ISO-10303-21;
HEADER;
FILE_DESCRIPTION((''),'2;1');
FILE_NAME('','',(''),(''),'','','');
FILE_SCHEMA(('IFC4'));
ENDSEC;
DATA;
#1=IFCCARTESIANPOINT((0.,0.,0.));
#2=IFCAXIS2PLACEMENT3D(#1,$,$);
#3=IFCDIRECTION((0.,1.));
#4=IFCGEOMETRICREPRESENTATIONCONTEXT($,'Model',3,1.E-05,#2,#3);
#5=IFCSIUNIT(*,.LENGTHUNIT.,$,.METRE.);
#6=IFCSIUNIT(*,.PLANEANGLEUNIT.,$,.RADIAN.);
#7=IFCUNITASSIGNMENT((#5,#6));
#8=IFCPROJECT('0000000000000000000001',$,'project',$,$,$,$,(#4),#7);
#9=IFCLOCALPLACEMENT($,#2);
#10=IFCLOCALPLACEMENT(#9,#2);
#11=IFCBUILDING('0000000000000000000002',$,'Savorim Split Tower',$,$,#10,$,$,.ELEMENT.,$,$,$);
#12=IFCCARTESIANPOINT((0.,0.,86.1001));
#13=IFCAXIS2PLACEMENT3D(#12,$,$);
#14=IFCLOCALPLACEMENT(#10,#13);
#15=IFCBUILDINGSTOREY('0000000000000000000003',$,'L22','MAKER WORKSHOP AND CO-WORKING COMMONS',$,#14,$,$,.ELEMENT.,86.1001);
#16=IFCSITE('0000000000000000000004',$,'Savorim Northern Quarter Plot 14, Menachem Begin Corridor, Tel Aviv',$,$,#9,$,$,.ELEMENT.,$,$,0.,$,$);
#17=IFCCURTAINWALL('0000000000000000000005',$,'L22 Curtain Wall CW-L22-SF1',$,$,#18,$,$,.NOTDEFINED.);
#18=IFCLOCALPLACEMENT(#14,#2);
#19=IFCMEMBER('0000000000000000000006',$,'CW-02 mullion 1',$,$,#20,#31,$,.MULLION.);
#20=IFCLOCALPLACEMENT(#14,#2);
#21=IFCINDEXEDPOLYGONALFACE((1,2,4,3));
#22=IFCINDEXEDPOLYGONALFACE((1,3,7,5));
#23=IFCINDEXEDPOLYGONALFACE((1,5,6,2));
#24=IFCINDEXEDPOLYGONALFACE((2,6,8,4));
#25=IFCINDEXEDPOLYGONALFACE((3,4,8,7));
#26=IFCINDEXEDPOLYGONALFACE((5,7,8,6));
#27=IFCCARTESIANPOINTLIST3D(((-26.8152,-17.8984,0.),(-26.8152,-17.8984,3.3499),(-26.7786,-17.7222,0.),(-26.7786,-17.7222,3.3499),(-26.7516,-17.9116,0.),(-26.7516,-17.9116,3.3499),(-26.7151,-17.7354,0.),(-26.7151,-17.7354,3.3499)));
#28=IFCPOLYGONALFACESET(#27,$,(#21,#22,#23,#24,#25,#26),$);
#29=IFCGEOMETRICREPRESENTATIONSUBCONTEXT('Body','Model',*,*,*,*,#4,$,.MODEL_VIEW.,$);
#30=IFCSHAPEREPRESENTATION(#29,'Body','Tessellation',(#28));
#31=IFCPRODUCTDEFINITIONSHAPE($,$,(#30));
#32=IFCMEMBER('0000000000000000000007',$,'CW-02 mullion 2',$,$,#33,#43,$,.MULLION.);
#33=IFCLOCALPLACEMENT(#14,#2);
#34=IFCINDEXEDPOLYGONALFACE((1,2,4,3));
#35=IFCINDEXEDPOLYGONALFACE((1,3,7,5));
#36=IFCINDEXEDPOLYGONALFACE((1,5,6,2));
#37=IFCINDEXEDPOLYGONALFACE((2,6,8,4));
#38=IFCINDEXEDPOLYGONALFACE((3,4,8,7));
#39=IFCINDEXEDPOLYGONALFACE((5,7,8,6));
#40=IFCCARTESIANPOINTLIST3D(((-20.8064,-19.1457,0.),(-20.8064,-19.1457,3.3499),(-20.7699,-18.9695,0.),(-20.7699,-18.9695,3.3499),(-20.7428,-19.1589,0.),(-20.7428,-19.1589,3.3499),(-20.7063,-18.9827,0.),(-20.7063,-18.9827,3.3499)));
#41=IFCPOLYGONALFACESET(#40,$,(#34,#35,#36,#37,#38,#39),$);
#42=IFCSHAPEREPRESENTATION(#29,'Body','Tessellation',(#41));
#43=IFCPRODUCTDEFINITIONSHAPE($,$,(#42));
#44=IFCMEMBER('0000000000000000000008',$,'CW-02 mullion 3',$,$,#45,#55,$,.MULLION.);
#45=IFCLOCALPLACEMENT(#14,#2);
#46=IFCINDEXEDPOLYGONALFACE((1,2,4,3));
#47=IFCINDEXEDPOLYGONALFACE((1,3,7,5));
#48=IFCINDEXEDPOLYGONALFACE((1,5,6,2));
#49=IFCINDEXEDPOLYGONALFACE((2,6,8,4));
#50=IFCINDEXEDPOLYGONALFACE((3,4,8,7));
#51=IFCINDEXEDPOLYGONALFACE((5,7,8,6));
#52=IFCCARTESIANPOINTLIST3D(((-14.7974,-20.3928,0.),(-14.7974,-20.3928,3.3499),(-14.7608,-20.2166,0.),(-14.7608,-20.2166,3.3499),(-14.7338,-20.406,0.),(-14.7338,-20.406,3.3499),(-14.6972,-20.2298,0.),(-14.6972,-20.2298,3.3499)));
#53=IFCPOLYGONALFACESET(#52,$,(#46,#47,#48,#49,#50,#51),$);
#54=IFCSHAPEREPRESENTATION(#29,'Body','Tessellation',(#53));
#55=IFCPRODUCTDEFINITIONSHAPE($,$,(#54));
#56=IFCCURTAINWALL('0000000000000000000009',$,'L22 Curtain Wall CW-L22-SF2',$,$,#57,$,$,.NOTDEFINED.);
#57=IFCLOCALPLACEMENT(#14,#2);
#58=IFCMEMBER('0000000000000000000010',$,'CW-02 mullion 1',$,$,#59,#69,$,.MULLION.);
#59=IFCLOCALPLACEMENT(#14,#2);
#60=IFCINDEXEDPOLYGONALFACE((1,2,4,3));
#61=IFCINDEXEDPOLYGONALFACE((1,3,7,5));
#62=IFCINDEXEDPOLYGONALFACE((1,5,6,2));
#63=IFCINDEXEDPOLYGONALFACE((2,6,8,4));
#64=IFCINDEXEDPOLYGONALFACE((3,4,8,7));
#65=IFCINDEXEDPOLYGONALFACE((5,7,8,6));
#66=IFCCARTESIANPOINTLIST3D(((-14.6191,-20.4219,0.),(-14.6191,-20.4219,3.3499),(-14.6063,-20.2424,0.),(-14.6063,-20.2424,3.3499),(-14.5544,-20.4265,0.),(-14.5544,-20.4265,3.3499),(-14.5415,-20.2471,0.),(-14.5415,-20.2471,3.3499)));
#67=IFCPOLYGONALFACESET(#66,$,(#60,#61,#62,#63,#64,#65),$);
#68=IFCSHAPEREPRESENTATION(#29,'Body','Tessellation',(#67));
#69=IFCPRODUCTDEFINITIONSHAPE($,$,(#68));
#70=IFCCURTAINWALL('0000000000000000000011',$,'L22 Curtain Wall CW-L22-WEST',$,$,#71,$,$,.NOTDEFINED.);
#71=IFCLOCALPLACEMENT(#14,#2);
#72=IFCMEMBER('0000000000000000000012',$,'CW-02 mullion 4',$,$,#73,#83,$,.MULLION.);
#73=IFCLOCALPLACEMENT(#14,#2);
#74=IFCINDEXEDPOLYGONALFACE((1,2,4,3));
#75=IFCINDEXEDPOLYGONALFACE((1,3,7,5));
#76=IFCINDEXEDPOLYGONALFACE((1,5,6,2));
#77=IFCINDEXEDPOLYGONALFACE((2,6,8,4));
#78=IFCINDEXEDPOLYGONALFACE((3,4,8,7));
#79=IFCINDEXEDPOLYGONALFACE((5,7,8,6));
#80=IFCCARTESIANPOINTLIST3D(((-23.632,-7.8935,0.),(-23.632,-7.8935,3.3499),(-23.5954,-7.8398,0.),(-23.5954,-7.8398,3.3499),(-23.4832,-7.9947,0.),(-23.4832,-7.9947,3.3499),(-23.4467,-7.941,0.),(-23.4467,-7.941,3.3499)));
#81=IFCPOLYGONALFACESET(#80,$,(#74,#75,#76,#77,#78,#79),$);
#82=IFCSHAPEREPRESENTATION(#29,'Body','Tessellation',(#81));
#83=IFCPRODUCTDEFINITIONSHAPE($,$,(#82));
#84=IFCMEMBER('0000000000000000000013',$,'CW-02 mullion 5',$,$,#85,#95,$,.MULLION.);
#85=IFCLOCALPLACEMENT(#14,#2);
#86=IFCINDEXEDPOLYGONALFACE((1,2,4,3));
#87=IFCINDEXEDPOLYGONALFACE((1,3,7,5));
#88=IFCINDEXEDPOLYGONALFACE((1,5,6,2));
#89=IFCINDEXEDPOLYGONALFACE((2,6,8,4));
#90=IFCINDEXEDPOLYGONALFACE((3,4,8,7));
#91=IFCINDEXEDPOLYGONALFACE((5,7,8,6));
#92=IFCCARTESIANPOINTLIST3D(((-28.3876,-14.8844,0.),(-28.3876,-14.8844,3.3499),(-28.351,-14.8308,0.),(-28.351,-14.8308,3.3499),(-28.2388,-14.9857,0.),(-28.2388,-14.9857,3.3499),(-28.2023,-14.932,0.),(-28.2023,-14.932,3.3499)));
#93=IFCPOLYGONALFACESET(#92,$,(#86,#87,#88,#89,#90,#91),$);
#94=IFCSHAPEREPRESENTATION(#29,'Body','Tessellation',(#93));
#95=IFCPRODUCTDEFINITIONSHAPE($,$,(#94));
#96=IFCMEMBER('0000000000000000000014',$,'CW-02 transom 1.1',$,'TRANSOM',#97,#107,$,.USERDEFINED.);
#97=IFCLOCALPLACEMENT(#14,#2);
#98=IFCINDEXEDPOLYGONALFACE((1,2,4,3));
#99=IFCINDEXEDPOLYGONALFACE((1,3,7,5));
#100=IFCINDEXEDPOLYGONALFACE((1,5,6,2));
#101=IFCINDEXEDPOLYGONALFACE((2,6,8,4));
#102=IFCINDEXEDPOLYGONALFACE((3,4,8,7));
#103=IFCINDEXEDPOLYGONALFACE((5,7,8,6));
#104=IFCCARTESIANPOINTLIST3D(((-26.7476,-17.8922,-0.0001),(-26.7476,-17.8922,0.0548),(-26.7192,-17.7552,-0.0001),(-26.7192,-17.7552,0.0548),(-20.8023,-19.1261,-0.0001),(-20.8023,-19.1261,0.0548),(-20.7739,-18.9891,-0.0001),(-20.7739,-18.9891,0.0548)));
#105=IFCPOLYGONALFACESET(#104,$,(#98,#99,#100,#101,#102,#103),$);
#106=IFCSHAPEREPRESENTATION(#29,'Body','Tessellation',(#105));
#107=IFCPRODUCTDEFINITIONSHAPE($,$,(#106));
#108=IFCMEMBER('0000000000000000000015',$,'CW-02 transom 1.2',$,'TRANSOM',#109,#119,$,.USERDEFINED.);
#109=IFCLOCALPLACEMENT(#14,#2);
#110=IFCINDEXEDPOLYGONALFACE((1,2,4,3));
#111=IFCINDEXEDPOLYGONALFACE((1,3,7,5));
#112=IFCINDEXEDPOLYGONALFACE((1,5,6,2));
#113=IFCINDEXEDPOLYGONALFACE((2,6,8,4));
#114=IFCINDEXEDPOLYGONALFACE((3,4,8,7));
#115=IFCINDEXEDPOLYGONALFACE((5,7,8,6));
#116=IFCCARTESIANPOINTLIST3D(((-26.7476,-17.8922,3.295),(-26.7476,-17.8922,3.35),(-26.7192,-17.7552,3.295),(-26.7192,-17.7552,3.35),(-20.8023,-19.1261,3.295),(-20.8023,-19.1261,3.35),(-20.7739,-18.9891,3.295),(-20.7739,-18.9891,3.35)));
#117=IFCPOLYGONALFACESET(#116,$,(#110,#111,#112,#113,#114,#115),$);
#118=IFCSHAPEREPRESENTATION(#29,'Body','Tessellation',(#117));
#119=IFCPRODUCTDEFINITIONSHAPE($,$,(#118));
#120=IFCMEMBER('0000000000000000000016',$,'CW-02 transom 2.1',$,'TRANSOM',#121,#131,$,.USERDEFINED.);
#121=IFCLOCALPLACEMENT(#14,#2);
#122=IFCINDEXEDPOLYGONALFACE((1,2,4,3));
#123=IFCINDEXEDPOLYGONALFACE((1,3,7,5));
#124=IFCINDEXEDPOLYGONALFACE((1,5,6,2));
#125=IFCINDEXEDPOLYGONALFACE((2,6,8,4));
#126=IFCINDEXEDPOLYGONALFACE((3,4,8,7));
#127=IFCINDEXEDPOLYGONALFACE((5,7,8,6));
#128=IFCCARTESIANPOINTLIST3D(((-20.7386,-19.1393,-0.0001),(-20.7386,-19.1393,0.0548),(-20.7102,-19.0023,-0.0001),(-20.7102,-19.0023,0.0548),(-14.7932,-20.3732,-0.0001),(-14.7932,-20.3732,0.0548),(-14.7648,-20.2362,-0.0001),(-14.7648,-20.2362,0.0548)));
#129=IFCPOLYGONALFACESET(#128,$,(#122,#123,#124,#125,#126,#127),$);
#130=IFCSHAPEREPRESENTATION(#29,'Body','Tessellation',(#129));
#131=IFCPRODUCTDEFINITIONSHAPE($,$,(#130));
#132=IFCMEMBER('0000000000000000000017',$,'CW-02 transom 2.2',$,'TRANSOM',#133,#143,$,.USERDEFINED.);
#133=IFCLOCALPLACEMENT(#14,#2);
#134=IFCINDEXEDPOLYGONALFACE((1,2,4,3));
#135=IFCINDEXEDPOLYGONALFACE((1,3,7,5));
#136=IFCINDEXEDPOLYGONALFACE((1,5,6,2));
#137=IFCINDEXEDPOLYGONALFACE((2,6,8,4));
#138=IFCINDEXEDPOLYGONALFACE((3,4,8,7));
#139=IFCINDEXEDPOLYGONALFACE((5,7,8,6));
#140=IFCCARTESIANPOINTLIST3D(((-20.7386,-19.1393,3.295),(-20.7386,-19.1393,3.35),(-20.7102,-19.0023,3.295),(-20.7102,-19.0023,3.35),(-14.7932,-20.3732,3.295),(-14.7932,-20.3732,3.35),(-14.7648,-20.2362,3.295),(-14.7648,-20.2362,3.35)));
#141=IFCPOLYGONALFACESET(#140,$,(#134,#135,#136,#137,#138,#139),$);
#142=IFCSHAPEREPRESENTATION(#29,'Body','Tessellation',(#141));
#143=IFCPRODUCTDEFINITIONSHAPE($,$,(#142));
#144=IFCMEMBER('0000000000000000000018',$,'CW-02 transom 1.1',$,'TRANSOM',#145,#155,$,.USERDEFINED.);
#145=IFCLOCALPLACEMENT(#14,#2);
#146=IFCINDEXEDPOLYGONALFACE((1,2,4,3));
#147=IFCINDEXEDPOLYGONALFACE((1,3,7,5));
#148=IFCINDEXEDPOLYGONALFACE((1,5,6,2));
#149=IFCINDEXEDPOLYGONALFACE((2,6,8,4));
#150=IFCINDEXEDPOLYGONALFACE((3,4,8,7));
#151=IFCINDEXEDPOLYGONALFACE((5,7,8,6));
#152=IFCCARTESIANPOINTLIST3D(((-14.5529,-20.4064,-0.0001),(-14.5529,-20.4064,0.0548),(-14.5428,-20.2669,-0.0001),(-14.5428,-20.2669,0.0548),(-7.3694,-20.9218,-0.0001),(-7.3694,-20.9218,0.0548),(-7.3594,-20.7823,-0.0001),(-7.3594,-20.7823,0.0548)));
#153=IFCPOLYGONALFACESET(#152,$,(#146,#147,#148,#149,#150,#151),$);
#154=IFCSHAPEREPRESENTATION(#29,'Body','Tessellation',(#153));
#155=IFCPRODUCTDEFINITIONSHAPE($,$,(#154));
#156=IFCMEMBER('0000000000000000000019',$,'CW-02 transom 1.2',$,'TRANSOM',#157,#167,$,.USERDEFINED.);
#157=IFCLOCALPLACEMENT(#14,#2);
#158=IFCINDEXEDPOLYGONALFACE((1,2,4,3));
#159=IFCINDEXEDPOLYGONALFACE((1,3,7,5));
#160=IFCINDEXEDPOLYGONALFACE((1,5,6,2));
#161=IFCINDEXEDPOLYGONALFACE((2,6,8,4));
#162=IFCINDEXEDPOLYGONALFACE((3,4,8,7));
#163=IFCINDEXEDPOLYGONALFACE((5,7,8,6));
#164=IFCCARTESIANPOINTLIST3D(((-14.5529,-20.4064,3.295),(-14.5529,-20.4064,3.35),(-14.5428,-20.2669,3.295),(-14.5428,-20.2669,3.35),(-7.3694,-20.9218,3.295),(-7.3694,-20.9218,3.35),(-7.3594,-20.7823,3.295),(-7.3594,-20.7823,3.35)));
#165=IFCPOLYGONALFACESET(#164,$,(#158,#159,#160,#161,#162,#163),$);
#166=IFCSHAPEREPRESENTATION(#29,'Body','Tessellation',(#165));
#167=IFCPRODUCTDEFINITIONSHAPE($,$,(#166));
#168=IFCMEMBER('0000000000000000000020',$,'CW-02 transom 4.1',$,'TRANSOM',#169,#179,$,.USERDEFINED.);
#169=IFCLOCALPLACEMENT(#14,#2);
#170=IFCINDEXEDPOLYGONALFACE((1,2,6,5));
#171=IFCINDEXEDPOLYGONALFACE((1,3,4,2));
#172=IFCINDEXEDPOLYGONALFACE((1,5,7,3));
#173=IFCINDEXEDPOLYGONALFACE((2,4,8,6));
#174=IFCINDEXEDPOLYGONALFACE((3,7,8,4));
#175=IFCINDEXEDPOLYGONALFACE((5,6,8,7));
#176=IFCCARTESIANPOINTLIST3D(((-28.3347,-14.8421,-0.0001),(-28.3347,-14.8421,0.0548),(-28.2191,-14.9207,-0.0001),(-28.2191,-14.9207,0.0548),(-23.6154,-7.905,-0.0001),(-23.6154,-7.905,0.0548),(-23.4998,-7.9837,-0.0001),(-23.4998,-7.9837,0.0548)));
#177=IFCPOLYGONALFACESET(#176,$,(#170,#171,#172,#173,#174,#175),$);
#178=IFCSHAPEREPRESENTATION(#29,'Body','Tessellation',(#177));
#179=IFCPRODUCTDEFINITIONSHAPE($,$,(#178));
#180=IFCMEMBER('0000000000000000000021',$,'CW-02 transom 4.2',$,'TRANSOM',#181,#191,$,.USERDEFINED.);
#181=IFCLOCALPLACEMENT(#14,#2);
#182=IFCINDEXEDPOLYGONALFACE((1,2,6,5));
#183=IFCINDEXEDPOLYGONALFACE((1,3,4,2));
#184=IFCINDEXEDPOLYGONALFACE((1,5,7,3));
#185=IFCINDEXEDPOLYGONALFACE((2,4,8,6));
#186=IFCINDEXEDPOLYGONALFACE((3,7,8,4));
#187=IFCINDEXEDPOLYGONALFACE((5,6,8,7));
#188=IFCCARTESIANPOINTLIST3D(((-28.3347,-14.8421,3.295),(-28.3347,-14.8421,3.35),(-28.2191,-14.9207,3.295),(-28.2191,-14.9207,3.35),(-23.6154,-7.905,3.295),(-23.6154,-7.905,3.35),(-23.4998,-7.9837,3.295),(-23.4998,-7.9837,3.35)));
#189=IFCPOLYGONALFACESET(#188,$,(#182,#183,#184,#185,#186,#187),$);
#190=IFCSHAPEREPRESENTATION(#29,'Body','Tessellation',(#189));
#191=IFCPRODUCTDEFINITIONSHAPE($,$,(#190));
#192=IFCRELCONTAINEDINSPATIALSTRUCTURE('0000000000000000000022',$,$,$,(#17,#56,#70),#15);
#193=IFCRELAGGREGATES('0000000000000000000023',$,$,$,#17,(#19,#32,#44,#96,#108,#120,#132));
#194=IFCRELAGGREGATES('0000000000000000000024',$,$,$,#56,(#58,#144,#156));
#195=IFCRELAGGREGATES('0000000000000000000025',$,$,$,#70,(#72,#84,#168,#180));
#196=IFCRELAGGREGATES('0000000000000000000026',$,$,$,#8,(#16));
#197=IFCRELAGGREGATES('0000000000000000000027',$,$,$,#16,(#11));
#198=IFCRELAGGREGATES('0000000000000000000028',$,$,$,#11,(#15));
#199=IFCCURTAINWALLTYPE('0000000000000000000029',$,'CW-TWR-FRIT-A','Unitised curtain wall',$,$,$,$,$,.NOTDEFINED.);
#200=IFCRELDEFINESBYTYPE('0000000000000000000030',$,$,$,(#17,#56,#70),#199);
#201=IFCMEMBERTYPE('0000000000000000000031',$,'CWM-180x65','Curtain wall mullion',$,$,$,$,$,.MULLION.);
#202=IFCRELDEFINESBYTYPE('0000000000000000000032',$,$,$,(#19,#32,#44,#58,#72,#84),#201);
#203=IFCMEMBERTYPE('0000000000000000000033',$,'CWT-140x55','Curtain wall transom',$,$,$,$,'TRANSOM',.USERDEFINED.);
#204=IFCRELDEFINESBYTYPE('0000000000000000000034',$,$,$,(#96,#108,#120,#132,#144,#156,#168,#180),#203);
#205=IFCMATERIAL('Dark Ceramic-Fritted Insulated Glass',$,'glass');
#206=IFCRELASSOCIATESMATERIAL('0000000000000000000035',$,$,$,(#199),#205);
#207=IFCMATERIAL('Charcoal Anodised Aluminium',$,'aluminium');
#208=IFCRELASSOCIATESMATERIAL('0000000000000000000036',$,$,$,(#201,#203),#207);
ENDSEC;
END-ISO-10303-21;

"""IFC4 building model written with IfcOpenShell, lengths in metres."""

from ifc_helpers import new_model, si_unit, direction, frame, origin, origin_2d, place, context, subcontext, project, spatial, rectangle, extrude, material, material_profile, profile_set, type_object, element, aggregate, save


model = new_model("IFC4")

# Units and contexts
model_context = context("Model", 3, precision=1e-05, world=origin(), true_north=direction((0.0, 1.0)))
body_context = subcontext(model_context, "Body", "Model", "MODEL_VIEW")
ifc_project = project(units=[si_unit("LENGTHUNIT", "METRE"), si_unit("PLANEANGLEUNIT", "RADIAN")], contexts=[model_context])

# Site, building, storey
site_placement = place(None, origin())
site = spatial("IfcSite", under=ifc_project, at=site_placement, Name="Savorim Northern Quarter Plot 14, Menachem Begin Corridor, Tel Aviv", CompositionType="ELEMENT", RefElevation=0.0)
building_placement = place(site_placement, origin())
building = spatial("IfcBuilding", under=site, at=building_placement, Name="Savorim Split Tower", CompositionType="ELEMENT")
storey_placement = place(building_placement, frame((0.0, 0.0, 86.1001)))
storey = spatial("IfcBuildingStorey", under=building, at=storey_placement, Name="L22", Description="MAKER WORKSHOP AND CO-WORKING COMMONS", CompositionType="ELEMENT", Elevation=86.1001)

# Curtain wall, members
ifc_material_1 = material(Name="Dark Ceramic-Fritted Insulated Glass", Category="glass")
curtain_wall_type = type_object("IfcCurtainWallType", Name="CW-TWR-FRIT-A", Description="Unitised curtain wall", PredefinedType="NOTDEFINED", material=ifc_material_1)
curtain_wall_1_placement = place(storey_placement, origin())
curtain_wall_1 = element("IfcCurtainWall", 1, at=curtain_wall_1_placement, inside=storey, type_object=curtain_wall_type, Name="L22 Curtain Wall CW-L22-SF1", PredefinedType="NOTDEFINED")
ifc_material_2 = material(Name="Charcoal Anodised Aluminium", Category="aluminium")
ifc_material_profile_1 = material_profile(ifc_material_2, rectangle(XDim=0.1799, YDim=0.0649, at=origin_2d()), Name="ALU-M 180x65")
ifc_profile_set_1 = profile_set([ifc_material_profile_1], Name="Charcoal Anodised Aluminium")
member_type_1 = type_object("IfcMemberType", Name="CWM-180x65", Description="Curtain wall mullion", PredefinedType="MULLION", material=ifc_profile_set_1)
member_1_placement = place(storey_placement, frame((-26.7651, -17.8169, 0.0), z_axis=(0.0, 0.0, 1.0), x_axis=(0.20321, 0.979135, 0.0)))
member_1 = element("IfcMember", 2, at=member_1_placement, type_object=member_type_1, Name="CW-02 mullion 1", PredefinedType="MULLION", context=body_context, shape_type="SweptSolid", body=[
    extrude(rectangle(XDim=0.1799, YDim=0.0649, at=origin_2d()), origin(), (0.0, 0.0, 1.0), 3.3499),
])
member_2_placement = place(storey_placement, frame((-20.7563, -19.0642, 0.0), z_axis=(0.0, 0.0, 1.0), x_axis=(0.20321, 0.979135, 0.0)))
member_2 = element("IfcMember", 3, at=member_2_placement, type_object=member_type_1, Name="CW-02 mullion 2", PredefinedType="MULLION", context=body_context, shape_type="SweptSolid", body=[
    extrude(rectangle(XDim=0.1799, YDim=0.0649, at=origin_2d()), origin(), (0.0, 0.0, 1.0), 3.3499),
])
member_3_placement = place(storey_placement, frame((-14.7473, -20.3113, 0.0), z_axis=(0.0, 0.0, 1.0), x_axis=(0.20321, 0.979135, 0.0)))
member_3 = element("IfcMember", 4, at=member_3_placement, type_object=member_type_1, Name="CW-02 mullion 3", PredefinedType="MULLION", context=body_context, shape_type="SweptSolid", body=[
    extrude(rectangle(XDim=0.1799, YDim=0.0649, at=origin_2d()), origin(), (0.0, 0.0, 1.0), 3.3499),
])

# Curtain wall, member
curtain_wall_2_placement = place(storey_placement, origin())
curtain_wall_2 = element("IfcCurtainWall", 5, at=curtain_wall_2_placement, inside=storey, type_object=curtain_wall_type, Name="L22 Curtain Wall CW-L22-SF2", PredefinedType="NOTDEFINED")
member_4_placement = place(storey_placement, frame((-14.5803, -20.3345, 0.0), z_axis=(0.0, 0.0, 1.0), x_axis=(0.071561, 0.997436, 0.0)))
member_4 = element("IfcMember", 6, at=member_4_placement, type_object=member_type_1, Name="CW-02 mullion 1", PredefinedType="MULLION", context=body_context, shape_type="SweptSolid", body=[
    extrude(rectangle(XDim=0.1799, YDim=0.0649, at=origin_2d()), origin(), (0.0, 0.0, 1.0), 3.3499),
])

# Curtain wall, members
curtain_wall_3_placement = place(storey_placement, origin())
curtain_wall_3 = element("IfcCurtainWall", 7, at=curtain_wall_3_placement, inside=storey, type_object=curtain_wall_type, Name="L22 Curtain Wall CW-L22-WEST", PredefinedType="NOTDEFINED")
member_5_placement = place(storey_placement, frame((-23.5393, -7.9172, 0.0), z_axis=(0.0, 0.0, 1.0), x_axis=(0.826819, -0.562468, 0.0)))
member_5 = element("IfcMember", 8, at=member_5_placement, type_object=member_type_1, Name="CW-02 mullion 4", PredefinedType="MULLION", context=body_context, shape_type="SweptSolid", body=[
    extrude(rectangle(XDim=0.1799, YDim=0.0649, at=origin_2d()), origin(), (0.0, 0.0, 1.0), 3.3499),
])
member_6_placement = place(storey_placement, frame((-28.2949, -14.9082, 0.0), z_axis=(0.0, 0.0, 1.0), x_axis=(0.826819, -0.562468, 0.0)))
member_6 = element("IfcMember", 9, at=member_6_placement, type_object=member_type_1, Name="CW-02 mullion 5", PredefinedType="MULLION", context=body_context, shape_type="SweptSolid", body=[
    extrude(rectangle(XDim=0.1799, YDim=0.0649, at=origin_2d()), origin(), (0.0, 0.0, 1.0), 3.3499),
])

# Members
ifc_material_profile_2 = material_profile(ifc_material_2, rectangle(XDim=0.1399, YDim=0.0549, at=origin_2d()), Name="ALU-T 140x55")
ifc_profile_set_2 = profile_set([ifc_material_profile_2], Name="Charcoal Anodised Aluminium")
member_type_2 = type_object("IfcMemberType", Name="CWT-140x55", Description="Curtain wall transom", ElementType="TRANSOM", PredefinedType="USERDEFINED", material=ifc_profile_set_2)
member_7_placement = place(storey_placement, frame((-26.7334, -17.8237, 0.0273), z_axis=(0.979135, -0.203209, 0.0), x_axis=(0.203209, 0.979135, 0.0)))
member_7 = element("IfcMember", 10, at=member_7_placement, type_object=member_type_2, Name="CW-02 transom 1.1", ObjectType="TRANSOM", PredefinedType="USERDEFINED", context=body_context, shape_type="SweptSolid", body=[
    extrude(rectangle(XDim=0.1399, YDim=0.0549, at=origin_2d()), origin(), (0.0, 0.0, 1.0), 6.072),
])
member_8_placement = place(storey_placement, frame((-26.7334, -17.8237, 3.3225), z_axis=(0.979135, -0.203209, 0.0), x_axis=(0.203209, 0.979135, 0.0)))
member_8 = element("IfcMember", 11, at=member_8_placement, type_object=member_type_2, Name="CW-02 transom 1.2", ObjectType="TRANSOM", PredefinedType="USERDEFINED", context=body_context, shape_type="SweptSolid", body=[
    extrude(rectangle(XDim=0.1399, YDim=0.0549, at=origin_2d()), origin(), (0.0, 0.0, 1.0), 6.072),
])
member_9_placement = place(storey_placement, frame((-20.7244, -19.0708, 0.0273), z_axis=(0.979135, -0.203209, 0.0), x_axis=(0.203209, 0.979135, 0.0)))
member_9 = element("IfcMember", 12, at=member_9_placement, type_object=member_type_2, Name="CW-02 transom 2.1", ObjectType="TRANSOM", PredefinedType="USERDEFINED", context=body_context, shape_type="SweptSolid", body=[
    extrude(rectangle(XDim=0.1399, YDim=0.0549, at=origin_2d()), origin(), (0.0, 0.0, 1.0), 6.072),
])
member_10_placement = place(storey_placement, frame((-20.7244, -19.0708, 3.3225), z_axis=(0.979135, -0.203209, 0.0), x_axis=(0.203209, 0.979135, 0.0)))
member_10 = element("IfcMember", 13, at=member_10_placement, type_object=member_type_2, Name="CW-02 transom 2.2", ObjectType="TRANSOM", PredefinedType="USERDEFINED", context=body_context, shape_type="SweptSolid", body=[
    extrude(rectangle(XDim=0.1399, YDim=0.0549, at=origin_2d()), origin(), (0.0, 0.0, 1.0), 6.072),
])
member_11_placement = place(storey_placement, frame((-14.5479, -20.3367, 0.0273), z_axis=(0.997436, -0.071563, 0.0), x_axis=(0.071563, 0.997436, 0.0)))
member_11 = element("IfcMember", 14, at=member_11_placement, type_object=member_type_2, Name="CW-02 transom 1.1", ObjectType="TRANSOM", PredefinedType="USERDEFINED", context=body_context, shape_type="SweptSolid", body=[
    extrude(rectangle(XDim=0.1399, YDim=0.0549, at=origin_2d()), origin(), (0.0, 0.0, 1.0), 7.2019),
])
member_12_placement = place(storey_placement, frame((-14.5479, -20.3367, 3.3225), z_axis=(0.997436, -0.071563, 0.0), x_axis=(0.071563, 0.997436, 0.0)))
member_12 = element("IfcMember", 15, at=member_12_placement, type_object=member_type_2, Name="CW-02 transom 1.2", ObjectType="TRANSOM", PredefinedType="USERDEFINED", context=body_context, shape_type="SweptSolid", body=[
    extrude(rectangle(XDim=0.1399, YDim=0.0549, at=origin_2d()), origin(), (0.0, 0.0, 1.0), 7.2019),
])
member_13_placement = place(storey_placement, frame((-23.5576, -7.9443, 0.0273), z_axis=(-0.562479, -0.826812, 0.0), x_axis=(0.826812, -0.562479, 0.0)))
member_13 = element("IfcMember", 16, at=member_13_placement, type_object=member_type_2, Name="CW-02 transom 4.1", ObjectType="TRANSOM", PredefinedType="USERDEFINED", context=body_context, shape_type="SweptSolid", body=[
    extrude(rectangle(XDim=0.1399, YDim=0.0549, at=origin_2d()), origin(), (0.0, 0.0, 1.0), 8.3901),
])
member_14_placement = place(storey_placement, frame((-23.5576, -7.9443, 3.3225), z_axis=(-0.562479, -0.826812, 0.0), x_axis=(0.826812, -0.562479, 0.0)))
member_14 = element("IfcMember", 17, at=member_14_placement, type_object=member_type_2, Name="CW-02 transom 4.2", ObjectType="TRANSOM", PredefinedType="USERDEFINED", context=body_context, shape_type="SweptSolid", body=[
    extrude(rectangle(XDim=0.1399, YDim=0.0549, at=origin_2d()), origin(), (0.0, 0.0, 1.0), 8.3901),
])

aggregate(curtain_wall_1, [member_1, member_2, member_3, member_7, member_8, member_9, member_10])
aggregate(curtain_wall_2, [member_4, member_11, member_12])
aggregate(curtain_wall_3, [member_5, member_6, member_13, member_14])

save(model, "model.ifc")
